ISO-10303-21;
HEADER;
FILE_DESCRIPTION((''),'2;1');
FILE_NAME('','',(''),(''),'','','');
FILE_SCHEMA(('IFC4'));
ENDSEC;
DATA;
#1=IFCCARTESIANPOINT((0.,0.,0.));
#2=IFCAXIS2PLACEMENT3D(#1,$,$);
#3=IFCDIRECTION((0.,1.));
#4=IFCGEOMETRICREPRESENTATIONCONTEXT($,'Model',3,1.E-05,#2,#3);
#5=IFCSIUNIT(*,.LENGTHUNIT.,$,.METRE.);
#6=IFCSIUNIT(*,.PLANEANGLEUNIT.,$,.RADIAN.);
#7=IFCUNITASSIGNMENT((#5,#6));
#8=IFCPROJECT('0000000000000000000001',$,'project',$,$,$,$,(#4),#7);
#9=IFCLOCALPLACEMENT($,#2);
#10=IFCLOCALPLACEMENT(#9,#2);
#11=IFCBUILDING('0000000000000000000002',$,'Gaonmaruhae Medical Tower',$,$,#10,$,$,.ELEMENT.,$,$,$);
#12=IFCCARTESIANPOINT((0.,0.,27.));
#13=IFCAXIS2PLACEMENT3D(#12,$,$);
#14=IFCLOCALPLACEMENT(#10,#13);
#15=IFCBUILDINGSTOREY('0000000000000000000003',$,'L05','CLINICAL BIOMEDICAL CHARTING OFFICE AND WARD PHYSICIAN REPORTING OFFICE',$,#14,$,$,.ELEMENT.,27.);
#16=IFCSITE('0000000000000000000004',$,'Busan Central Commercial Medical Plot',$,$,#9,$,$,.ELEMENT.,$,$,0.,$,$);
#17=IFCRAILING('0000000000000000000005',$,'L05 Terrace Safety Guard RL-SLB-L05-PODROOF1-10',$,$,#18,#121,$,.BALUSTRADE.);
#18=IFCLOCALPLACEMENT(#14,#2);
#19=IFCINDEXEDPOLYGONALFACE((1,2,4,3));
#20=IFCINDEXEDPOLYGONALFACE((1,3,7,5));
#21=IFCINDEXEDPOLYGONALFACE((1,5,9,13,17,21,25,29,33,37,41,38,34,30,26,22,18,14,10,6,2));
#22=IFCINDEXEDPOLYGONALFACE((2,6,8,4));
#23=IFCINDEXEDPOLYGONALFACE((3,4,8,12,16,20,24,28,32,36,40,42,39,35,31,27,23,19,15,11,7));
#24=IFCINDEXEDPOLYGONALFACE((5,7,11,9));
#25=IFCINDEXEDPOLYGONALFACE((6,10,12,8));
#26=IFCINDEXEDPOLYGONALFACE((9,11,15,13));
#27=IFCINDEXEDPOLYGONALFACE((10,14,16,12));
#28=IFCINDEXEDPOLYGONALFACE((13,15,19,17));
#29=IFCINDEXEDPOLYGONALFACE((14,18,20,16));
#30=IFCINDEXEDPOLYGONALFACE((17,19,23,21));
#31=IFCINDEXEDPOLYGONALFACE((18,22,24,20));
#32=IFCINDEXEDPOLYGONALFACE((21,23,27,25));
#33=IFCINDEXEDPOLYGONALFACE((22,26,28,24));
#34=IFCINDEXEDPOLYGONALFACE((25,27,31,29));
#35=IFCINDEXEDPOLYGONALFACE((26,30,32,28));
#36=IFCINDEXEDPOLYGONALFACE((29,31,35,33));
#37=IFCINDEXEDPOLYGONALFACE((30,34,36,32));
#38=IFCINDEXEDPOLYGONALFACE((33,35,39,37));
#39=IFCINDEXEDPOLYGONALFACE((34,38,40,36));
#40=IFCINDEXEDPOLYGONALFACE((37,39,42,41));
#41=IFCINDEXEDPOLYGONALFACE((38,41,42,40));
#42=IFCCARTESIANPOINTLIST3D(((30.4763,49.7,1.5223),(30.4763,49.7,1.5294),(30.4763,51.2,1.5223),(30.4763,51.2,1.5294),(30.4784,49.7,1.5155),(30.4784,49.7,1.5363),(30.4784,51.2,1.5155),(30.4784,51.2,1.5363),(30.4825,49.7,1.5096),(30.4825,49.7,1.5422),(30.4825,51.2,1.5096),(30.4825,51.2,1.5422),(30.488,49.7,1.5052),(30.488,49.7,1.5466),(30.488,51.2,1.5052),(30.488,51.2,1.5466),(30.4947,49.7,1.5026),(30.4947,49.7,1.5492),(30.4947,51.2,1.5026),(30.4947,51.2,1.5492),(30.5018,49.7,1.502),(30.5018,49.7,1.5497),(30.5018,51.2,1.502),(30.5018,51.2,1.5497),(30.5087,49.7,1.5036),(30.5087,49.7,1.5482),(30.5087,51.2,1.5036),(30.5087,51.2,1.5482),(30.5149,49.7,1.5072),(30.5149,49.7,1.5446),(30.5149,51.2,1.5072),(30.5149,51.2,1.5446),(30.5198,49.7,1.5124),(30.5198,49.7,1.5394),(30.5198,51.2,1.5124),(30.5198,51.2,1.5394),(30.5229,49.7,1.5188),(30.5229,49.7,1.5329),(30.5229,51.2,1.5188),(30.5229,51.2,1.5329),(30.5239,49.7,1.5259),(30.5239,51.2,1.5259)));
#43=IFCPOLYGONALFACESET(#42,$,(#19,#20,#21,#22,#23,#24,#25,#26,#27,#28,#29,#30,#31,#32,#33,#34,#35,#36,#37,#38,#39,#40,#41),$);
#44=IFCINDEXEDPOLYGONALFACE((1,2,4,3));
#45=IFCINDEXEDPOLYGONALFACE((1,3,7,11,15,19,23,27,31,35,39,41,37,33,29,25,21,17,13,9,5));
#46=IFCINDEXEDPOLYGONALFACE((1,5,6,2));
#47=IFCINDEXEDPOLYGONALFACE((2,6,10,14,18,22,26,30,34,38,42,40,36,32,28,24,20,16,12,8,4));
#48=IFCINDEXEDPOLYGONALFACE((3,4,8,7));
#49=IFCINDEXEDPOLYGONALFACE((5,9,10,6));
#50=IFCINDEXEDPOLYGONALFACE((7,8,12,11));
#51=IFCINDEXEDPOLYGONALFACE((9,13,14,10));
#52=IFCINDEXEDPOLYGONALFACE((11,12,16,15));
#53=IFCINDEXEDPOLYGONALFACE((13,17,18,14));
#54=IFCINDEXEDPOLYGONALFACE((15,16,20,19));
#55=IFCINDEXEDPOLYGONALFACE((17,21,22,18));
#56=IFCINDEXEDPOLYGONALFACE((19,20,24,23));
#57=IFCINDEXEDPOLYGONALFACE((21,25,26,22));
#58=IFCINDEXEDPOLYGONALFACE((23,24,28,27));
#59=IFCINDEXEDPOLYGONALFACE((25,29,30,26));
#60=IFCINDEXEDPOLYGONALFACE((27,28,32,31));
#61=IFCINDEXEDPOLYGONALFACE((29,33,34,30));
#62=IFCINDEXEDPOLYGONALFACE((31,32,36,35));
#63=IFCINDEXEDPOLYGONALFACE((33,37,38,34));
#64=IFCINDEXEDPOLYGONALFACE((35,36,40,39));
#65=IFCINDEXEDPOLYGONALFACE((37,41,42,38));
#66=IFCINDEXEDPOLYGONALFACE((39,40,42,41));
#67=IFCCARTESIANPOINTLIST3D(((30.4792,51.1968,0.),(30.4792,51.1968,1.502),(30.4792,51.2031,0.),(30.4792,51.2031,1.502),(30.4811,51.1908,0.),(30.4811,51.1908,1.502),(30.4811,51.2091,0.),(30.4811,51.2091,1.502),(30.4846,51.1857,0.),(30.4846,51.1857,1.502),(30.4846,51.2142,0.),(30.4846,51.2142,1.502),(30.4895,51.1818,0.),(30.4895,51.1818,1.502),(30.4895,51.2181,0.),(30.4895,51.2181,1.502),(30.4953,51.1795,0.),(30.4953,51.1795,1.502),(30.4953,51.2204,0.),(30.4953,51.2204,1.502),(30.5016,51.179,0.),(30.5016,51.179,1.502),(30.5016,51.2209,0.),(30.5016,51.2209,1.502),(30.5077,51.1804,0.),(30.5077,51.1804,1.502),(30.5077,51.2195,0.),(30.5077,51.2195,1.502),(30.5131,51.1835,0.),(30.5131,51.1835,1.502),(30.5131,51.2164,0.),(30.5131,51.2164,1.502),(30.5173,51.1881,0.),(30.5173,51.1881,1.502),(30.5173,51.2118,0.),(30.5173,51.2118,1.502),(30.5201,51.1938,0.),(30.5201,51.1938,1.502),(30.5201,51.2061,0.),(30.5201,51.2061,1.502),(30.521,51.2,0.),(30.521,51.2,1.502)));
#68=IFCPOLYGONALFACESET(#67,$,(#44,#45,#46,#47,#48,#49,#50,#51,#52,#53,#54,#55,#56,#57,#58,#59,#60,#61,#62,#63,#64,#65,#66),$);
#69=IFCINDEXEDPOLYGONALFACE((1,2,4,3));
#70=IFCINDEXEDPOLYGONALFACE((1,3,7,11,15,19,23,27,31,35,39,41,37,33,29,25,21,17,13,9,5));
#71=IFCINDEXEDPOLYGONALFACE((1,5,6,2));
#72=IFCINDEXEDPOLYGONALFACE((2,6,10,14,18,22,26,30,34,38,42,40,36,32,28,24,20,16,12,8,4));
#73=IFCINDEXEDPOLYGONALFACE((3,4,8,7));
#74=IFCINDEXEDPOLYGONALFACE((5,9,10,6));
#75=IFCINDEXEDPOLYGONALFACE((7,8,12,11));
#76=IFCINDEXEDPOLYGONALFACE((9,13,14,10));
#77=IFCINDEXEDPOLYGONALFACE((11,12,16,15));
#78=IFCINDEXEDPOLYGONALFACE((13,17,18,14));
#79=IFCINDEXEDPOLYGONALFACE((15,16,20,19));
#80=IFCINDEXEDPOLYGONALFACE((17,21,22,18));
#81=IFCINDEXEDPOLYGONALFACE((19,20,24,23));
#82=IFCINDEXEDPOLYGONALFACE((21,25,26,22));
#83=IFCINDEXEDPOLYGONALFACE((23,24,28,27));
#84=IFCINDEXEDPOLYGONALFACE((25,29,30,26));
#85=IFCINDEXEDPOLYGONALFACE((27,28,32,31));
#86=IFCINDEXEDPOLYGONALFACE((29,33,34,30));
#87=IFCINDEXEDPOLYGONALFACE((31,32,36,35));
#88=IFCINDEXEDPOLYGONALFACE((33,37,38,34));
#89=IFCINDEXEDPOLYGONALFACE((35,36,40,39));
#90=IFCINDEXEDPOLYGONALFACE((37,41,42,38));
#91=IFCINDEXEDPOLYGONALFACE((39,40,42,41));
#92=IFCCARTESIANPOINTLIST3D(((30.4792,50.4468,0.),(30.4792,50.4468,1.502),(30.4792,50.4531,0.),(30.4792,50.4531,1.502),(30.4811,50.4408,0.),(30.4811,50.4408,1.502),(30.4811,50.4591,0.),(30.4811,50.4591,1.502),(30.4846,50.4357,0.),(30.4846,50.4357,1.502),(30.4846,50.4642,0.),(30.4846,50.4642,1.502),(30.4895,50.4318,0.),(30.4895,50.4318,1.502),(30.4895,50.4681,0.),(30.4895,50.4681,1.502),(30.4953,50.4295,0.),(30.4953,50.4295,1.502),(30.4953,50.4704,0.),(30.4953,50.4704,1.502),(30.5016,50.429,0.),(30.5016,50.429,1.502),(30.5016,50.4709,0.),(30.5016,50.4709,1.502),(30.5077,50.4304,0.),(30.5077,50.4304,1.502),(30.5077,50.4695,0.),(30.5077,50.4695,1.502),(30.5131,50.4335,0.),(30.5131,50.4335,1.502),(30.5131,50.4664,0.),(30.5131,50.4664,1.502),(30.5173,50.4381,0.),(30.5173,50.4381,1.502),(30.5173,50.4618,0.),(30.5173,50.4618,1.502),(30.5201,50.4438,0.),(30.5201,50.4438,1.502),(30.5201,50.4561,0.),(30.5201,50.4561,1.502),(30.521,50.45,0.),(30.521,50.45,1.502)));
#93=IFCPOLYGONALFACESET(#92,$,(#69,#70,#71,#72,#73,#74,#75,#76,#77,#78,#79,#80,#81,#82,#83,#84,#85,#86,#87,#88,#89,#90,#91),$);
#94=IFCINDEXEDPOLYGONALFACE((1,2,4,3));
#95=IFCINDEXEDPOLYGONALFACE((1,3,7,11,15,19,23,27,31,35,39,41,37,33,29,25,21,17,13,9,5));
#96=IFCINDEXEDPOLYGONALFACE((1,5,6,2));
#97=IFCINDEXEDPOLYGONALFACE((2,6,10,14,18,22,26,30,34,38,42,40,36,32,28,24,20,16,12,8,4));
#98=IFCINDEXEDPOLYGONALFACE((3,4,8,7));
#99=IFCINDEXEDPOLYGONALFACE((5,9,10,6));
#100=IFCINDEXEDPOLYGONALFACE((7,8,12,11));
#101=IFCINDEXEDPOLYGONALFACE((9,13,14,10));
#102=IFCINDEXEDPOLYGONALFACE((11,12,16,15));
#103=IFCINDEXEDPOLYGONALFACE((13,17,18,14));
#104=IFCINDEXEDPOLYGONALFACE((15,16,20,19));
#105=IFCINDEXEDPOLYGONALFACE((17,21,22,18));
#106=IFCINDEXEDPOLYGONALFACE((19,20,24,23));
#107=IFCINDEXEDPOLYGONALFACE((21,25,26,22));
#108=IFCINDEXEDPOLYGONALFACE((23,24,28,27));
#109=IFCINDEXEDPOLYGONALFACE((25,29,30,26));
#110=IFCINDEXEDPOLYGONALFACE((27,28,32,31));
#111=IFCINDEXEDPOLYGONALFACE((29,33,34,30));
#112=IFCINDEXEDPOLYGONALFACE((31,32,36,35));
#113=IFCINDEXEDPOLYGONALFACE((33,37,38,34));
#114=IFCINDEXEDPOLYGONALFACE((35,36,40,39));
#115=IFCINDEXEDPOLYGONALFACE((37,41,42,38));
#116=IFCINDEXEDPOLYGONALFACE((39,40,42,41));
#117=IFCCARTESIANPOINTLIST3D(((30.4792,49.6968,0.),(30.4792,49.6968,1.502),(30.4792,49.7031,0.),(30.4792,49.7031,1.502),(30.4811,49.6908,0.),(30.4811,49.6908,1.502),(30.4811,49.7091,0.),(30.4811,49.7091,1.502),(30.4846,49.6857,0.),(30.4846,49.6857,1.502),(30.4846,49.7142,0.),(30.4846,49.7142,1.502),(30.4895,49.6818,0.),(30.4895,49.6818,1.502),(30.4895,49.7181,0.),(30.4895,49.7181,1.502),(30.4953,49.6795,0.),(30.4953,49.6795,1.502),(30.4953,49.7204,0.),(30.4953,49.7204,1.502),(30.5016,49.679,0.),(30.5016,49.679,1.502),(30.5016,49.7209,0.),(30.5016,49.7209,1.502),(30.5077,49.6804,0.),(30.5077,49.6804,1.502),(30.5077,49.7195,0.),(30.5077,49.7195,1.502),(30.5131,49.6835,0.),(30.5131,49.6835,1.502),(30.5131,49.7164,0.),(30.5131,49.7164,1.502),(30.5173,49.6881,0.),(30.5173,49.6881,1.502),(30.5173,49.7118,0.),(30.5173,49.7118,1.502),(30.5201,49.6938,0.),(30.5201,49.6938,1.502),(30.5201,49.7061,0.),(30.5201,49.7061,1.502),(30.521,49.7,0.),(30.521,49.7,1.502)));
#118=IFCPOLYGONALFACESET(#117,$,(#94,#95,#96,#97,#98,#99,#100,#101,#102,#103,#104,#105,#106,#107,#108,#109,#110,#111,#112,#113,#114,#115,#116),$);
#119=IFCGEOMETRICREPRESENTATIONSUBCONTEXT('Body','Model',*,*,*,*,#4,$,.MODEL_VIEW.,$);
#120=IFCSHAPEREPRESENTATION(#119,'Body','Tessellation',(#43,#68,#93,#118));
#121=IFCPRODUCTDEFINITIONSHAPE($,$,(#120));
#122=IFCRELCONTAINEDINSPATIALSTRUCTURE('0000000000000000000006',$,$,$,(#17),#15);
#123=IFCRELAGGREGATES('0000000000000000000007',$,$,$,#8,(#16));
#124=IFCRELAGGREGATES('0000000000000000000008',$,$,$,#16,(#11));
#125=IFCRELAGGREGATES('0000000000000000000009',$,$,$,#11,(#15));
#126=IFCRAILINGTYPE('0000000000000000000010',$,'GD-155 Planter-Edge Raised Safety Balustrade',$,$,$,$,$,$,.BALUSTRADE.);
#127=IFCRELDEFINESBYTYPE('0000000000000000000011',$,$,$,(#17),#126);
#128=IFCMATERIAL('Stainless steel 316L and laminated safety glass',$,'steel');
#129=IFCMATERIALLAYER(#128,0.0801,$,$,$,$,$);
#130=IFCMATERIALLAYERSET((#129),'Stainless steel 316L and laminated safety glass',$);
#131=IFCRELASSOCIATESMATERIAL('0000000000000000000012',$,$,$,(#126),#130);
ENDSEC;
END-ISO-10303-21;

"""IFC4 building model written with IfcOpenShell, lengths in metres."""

from ifc_helpers import new_model, si_unit, direction, frame, origin, origin_2d, place, context, subcontext, project, spatial, circle, extrude, material, layer, layer_set, type_object, element, save


model = new_model("IFC4")

# Units and contexts
model_context = context("Model", 3, precision=1e-05, world=origin(), true_north=direction((0.0, 1.0)))
body_context = subcontext(model_context, "Body", "Model", "MODEL_VIEW")
ifc_project = project(units=[si_unit("LENGTHUNIT", "METRE"), si_unit("PLANEANGLEUNIT", "RADIAN")], contexts=[model_context])

# Site, building, storey
site_placement = place(None, origin())
site = spatial("IfcSite", under=ifc_project, at=site_placement, Name="Busan Central Commercial Medical Plot", CompositionType="ELEMENT", RefElevation=0.0)
building_placement = place(site_placement, origin())
building = spatial("IfcBuilding", under=site, at=building_placement, Name="Gaonmaruhae Medical Tower", CompositionType="ELEMENT")
storey_placement = place(building_placement, frame((0.0, 0.0, 27.0)))
storey = spatial("IfcBuildingStorey", under=building, at=storey_placement, Name="L05", Description="CLINICAL BIOMEDICAL CHARTING OFFICE AND WARD PHYSICIAN REPORTING OFFICE", CompositionType="ELEMENT", Elevation=27.0)

# Railing
ifc_material_1 = material(Name="Stainless steel 316L and laminated safety glass", Category="steel")
ifc_layer_1 = layer(ifc_material_1, 0.0801)
ifc_layer_set_1 = layer_set([ifc_layer_1], Name="Stainless steel 316L and laminated safety glass")
railing_type = type_object("IfcRailingType", Name="GD-155 Planter-Edge Raised Safety Balustrade", PredefinedType="BALUSTRADE", material=ifc_layer_set_1)
railing_1_placement = place(storey_placement, frame((30.5, 51.2, 0.0)))
element("IfcRailing", 1, at=railing_1_placement, inside=storey, type_object=railing_type, Name="L05 Terrace Safety Guard RL-SLB-L05-PODROOF1-10", PredefinedType="BALUSTRADE", context=body_context, shape_type="SweptSolid", body=[
    extrude(circle(Radius=0.0239, at=origin_2d()), frame((0.0, 0.0, 1.5259), z_axis=(0.0, -1.0, 0.0), x_axis=(1.0, 0.0, 0.0)), (0.0, 0.0, 1.0), 1.5),
    extrude(circle(Radius=0.021, at=origin_2d()), origin(), (0.0, 0.0, 1.0), 1.502),
    extrude(circle(Radius=0.021, at=origin_2d()), frame((0.0, -0.75, 0.0)), (0.0, 0.0, 1.0), 1.502),
    extrude(circle(Radius=0.021, at=origin_2d()), frame((0.0, -1.5, 0.0)), (0.0, 0.0, 1.0), 1.502),
])

save(model, "model.ifc")
